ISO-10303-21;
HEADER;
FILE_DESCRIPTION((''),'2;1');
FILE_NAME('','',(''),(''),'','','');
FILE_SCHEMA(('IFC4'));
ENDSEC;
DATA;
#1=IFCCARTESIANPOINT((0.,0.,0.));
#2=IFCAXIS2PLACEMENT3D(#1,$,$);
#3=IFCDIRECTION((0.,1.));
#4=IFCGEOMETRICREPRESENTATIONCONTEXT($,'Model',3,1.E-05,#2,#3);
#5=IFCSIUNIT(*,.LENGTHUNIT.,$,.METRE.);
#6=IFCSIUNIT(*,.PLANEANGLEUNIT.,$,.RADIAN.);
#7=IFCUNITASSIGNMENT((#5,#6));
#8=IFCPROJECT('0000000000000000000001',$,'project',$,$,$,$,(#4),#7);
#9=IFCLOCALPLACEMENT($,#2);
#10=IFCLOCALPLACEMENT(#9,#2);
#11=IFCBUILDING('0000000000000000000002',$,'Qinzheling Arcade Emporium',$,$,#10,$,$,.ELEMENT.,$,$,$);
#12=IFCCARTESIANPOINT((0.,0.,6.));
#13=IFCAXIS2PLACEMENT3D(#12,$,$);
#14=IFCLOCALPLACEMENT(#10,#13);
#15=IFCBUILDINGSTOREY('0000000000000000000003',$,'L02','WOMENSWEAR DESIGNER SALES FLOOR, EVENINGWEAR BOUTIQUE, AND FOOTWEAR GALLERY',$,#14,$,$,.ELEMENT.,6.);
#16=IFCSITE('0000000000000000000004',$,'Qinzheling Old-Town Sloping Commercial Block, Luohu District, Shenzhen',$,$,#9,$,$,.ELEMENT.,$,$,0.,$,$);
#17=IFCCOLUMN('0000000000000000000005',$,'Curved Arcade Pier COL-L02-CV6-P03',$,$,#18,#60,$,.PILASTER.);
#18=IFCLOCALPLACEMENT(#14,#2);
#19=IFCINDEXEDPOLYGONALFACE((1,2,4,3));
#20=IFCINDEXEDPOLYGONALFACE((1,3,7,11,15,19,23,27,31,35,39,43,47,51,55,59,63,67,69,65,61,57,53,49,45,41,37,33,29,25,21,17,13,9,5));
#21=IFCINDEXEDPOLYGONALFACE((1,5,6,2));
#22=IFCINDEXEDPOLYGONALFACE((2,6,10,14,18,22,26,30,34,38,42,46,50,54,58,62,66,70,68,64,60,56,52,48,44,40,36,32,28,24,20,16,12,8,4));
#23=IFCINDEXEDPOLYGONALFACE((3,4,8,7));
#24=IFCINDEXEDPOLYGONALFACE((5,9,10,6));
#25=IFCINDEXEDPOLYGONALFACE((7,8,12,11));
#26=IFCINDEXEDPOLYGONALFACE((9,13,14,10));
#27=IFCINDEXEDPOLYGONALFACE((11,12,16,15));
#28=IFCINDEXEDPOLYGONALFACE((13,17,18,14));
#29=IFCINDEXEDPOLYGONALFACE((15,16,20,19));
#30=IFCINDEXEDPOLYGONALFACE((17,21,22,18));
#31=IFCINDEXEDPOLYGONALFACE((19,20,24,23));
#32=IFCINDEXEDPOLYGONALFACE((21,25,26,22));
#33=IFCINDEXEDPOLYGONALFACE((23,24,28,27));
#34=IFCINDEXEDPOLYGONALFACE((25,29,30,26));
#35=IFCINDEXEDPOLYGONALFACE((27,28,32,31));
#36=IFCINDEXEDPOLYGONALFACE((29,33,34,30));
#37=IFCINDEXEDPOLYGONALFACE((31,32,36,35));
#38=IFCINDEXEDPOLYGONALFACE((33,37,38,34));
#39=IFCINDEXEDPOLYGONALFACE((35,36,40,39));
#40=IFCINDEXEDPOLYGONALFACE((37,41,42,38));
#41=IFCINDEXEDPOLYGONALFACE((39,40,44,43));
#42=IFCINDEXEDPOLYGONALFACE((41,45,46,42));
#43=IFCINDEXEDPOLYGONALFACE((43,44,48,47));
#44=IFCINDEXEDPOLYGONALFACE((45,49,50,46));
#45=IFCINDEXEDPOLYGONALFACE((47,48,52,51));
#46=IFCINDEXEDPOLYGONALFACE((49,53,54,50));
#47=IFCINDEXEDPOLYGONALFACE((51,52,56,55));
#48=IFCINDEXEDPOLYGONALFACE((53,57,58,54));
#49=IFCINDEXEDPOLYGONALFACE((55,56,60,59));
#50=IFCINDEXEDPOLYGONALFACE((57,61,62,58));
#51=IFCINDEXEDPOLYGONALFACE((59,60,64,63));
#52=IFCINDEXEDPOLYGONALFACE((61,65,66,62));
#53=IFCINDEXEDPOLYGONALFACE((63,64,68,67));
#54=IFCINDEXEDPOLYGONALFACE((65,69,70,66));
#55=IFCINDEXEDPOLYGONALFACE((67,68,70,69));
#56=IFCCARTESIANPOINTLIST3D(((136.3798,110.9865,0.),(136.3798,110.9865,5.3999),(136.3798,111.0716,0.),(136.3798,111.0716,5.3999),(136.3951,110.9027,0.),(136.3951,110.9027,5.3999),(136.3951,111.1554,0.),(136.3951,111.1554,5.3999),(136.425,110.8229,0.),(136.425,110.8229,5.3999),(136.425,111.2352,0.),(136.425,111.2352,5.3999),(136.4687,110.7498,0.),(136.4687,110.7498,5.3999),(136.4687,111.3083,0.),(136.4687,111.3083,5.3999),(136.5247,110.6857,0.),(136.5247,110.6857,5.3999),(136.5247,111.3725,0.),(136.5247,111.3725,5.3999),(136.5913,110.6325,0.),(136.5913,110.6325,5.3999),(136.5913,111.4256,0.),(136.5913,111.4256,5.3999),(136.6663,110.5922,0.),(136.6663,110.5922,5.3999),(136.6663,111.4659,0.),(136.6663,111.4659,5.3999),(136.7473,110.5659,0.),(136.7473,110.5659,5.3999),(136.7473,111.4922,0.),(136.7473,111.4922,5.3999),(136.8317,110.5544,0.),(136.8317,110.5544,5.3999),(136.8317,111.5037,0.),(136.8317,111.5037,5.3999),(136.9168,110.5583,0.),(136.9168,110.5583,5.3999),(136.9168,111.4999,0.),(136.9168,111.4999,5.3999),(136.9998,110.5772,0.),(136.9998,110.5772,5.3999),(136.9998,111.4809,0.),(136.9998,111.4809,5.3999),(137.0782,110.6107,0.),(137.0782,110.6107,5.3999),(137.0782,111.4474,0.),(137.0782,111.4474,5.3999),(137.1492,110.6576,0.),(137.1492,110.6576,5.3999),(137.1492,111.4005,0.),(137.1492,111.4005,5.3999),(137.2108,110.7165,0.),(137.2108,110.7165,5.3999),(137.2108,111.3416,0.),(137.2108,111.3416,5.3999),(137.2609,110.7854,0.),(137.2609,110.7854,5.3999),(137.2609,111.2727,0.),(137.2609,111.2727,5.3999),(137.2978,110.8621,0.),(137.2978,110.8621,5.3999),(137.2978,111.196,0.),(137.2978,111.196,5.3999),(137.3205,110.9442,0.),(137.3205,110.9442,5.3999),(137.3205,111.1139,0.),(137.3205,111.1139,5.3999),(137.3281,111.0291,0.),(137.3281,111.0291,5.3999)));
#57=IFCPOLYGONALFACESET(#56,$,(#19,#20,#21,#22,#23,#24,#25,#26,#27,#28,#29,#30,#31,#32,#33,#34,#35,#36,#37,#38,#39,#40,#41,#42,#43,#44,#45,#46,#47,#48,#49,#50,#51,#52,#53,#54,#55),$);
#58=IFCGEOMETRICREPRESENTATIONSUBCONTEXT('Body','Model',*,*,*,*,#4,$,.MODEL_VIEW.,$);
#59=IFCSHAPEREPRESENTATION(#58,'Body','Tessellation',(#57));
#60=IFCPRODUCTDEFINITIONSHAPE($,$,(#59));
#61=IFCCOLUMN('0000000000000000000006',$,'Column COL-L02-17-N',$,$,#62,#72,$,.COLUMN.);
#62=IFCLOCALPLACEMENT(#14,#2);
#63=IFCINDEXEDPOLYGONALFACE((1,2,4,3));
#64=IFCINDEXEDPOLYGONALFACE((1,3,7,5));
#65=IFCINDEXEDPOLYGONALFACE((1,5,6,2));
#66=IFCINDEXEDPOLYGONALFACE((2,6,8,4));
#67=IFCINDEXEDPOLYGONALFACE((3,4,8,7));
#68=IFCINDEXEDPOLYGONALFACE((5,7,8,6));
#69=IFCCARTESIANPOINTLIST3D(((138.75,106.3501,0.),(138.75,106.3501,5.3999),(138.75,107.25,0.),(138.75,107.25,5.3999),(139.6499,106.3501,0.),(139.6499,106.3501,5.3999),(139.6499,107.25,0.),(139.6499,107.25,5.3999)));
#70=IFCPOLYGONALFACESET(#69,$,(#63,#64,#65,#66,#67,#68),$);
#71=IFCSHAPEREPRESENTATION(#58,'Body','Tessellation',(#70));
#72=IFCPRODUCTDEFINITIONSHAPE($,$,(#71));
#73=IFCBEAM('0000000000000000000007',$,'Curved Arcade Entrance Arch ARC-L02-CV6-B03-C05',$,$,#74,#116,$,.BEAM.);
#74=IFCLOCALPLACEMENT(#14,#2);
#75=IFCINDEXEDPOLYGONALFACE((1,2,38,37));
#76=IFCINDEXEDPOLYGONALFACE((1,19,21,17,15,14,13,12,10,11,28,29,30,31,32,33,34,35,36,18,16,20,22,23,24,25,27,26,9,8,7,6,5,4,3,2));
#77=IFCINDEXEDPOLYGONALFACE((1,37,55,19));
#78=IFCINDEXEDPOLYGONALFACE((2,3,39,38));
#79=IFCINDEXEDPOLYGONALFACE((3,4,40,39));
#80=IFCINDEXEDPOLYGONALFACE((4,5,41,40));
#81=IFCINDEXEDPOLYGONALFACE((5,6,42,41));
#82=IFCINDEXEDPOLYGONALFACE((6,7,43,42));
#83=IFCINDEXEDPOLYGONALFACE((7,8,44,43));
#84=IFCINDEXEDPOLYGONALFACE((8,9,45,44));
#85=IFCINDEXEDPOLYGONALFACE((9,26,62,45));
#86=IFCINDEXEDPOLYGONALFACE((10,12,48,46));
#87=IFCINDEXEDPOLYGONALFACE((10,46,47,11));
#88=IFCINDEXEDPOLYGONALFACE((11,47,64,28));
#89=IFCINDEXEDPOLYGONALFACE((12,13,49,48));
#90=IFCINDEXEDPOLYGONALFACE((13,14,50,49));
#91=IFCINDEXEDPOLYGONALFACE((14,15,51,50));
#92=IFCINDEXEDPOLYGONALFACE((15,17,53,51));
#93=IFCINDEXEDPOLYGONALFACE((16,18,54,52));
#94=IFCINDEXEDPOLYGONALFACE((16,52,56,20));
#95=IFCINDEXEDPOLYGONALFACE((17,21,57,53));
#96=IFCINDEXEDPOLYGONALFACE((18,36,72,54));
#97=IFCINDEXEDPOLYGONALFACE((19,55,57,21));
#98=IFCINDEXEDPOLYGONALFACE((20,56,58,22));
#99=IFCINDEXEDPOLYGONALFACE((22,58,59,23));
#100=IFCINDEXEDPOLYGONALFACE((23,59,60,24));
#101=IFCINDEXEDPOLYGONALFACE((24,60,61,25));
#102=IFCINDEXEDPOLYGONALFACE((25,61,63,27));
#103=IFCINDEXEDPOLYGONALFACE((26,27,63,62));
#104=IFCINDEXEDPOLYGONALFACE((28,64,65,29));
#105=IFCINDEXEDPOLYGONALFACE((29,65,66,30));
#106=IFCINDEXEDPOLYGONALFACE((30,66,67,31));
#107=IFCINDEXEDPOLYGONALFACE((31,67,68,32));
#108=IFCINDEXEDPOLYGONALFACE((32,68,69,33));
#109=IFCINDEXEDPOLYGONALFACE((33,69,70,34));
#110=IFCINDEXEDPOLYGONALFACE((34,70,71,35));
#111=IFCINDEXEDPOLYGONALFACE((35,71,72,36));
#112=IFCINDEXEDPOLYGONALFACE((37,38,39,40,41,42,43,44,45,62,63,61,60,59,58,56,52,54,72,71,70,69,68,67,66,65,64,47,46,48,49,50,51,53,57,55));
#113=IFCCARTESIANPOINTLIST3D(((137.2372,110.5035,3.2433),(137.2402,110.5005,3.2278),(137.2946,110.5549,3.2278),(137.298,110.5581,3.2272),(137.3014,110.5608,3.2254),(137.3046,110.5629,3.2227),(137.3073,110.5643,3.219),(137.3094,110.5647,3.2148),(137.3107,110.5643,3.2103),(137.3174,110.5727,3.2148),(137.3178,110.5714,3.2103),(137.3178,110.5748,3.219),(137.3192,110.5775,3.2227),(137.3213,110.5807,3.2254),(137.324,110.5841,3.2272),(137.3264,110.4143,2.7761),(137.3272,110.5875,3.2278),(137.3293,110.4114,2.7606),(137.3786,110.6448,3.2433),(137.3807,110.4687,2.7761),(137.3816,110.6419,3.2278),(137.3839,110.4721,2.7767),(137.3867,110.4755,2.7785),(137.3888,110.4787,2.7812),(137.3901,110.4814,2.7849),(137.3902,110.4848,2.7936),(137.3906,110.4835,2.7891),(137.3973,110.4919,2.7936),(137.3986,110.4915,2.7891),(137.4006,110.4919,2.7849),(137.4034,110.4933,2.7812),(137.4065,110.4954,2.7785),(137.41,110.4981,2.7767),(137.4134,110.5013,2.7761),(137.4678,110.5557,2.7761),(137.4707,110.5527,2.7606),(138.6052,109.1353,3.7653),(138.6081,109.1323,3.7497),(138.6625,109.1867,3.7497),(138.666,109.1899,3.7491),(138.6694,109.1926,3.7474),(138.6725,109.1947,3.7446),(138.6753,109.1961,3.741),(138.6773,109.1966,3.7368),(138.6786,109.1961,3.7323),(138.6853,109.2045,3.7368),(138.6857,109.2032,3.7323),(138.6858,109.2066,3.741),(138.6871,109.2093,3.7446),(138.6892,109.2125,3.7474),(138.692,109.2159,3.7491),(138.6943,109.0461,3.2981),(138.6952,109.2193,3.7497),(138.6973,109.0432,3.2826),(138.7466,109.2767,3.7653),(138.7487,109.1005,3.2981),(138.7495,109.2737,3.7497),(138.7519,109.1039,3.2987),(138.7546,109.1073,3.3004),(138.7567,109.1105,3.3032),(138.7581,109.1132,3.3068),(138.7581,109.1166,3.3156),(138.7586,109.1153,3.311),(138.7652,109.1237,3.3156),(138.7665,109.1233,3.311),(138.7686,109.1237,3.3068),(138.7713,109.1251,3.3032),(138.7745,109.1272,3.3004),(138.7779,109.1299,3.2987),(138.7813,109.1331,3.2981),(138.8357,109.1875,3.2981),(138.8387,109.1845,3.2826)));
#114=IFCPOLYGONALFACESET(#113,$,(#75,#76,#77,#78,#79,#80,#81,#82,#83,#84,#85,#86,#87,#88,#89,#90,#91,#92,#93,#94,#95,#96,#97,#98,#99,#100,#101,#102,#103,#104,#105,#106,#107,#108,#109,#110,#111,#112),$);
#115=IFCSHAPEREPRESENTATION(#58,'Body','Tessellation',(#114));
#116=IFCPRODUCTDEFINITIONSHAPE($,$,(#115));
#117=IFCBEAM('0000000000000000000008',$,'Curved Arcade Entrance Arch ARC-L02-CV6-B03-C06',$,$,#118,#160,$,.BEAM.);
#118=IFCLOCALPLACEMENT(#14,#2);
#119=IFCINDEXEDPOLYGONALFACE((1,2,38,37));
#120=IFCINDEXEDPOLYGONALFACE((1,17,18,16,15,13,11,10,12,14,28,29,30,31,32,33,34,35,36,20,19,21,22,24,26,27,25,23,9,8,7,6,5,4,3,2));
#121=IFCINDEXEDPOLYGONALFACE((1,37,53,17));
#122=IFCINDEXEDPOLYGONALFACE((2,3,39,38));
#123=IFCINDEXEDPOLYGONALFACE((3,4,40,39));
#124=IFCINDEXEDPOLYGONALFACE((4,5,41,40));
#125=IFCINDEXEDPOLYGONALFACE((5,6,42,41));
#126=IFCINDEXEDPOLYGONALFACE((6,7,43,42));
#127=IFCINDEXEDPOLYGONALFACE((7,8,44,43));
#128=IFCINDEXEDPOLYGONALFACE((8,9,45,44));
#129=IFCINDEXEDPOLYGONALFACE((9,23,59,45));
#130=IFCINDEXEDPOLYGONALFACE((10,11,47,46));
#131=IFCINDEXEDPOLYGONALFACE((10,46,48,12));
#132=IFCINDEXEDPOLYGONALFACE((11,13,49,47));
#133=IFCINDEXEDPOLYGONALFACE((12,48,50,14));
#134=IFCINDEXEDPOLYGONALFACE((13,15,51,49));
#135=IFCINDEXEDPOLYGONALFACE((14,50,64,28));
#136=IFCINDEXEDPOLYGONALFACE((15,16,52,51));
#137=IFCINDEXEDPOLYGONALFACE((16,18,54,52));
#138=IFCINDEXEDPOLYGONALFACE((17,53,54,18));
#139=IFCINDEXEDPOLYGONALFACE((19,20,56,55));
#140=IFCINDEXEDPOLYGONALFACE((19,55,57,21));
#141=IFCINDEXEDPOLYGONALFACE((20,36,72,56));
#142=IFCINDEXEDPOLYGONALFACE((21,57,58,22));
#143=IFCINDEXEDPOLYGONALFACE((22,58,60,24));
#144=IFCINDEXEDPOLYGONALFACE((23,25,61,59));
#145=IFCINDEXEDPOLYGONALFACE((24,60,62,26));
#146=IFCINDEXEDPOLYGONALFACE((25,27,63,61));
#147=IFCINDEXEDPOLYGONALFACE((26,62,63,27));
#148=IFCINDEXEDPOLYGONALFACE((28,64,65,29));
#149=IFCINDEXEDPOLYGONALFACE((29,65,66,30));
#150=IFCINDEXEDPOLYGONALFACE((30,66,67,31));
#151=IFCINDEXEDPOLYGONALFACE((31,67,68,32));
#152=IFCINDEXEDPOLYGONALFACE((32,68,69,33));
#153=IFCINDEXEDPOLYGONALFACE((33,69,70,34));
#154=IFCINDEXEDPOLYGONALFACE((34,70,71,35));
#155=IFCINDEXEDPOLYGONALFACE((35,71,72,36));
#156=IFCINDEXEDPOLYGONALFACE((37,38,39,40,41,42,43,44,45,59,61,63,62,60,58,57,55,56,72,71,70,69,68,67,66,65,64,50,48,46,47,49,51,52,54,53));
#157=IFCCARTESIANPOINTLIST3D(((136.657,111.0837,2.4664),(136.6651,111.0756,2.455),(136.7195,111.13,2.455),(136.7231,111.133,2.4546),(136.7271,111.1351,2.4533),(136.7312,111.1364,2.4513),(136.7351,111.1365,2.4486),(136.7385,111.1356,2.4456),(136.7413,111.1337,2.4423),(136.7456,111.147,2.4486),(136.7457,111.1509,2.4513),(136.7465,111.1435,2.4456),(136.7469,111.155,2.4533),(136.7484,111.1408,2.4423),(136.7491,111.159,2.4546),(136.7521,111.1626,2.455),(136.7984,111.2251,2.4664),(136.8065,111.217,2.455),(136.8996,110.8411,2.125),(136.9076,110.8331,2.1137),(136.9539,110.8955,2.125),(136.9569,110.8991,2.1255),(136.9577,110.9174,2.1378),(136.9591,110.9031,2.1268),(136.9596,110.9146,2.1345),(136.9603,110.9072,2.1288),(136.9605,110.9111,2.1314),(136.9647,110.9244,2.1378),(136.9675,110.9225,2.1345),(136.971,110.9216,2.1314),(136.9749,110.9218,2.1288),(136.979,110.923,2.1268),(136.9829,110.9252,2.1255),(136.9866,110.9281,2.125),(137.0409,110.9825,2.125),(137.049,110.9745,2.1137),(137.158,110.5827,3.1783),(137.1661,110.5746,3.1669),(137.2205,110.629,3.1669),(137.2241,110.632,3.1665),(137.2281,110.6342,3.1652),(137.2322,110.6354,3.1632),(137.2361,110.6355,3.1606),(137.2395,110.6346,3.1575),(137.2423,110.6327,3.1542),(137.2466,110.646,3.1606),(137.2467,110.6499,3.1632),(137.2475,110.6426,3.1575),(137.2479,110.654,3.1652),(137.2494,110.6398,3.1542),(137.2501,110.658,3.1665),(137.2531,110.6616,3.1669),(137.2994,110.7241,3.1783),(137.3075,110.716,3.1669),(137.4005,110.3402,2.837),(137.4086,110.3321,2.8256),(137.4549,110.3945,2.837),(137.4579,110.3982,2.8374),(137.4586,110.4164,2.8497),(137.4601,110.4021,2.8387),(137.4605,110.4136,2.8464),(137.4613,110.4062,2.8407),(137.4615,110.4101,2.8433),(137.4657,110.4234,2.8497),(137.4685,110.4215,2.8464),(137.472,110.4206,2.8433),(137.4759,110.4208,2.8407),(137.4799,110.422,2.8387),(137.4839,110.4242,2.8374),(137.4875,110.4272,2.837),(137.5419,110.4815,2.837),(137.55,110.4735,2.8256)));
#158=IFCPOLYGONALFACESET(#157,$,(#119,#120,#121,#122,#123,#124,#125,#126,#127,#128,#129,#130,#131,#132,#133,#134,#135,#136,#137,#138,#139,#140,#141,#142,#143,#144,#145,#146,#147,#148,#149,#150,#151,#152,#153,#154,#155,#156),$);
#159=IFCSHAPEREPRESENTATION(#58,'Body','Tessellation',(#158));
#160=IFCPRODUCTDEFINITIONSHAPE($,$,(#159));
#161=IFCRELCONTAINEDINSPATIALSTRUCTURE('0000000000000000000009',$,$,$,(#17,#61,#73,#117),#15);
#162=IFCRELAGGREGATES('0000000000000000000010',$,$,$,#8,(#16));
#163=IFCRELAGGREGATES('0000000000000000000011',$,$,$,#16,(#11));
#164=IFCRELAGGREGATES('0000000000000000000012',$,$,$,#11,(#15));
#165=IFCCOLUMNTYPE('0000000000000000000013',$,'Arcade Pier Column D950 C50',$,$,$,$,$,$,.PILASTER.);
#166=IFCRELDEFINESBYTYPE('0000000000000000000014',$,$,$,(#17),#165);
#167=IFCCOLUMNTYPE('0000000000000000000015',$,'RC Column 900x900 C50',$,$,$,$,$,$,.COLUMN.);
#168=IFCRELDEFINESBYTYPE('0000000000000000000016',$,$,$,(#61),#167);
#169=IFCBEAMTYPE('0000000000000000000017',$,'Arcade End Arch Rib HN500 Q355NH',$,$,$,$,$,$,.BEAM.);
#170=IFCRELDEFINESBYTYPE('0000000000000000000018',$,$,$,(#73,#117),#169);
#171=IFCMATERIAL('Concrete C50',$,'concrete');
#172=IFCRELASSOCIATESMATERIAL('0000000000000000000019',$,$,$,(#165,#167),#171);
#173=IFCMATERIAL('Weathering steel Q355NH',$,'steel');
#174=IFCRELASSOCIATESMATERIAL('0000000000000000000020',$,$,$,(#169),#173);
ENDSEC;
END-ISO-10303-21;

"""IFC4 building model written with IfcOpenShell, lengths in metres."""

from ifc_helpers import new_model, si_unit, direction, frame, origin, origin_2d, place, context, subcontext, project, spatial, rectangle, circle, i_section, extrude, material, material_profile, profile_set, type_object, element, save


model = new_model("IFC4")

# Units and contexts
model_context = context("Model", 3, precision=1e-05, world=origin(), true_north=direction((0.0, 1.0)))
body_context = subcontext(model_context, "Body", "Model", "MODEL_VIEW")
ifc_project = project(units=[si_unit("LENGTHUNIT", "METRE"), si_unit("PLANEANGLEUNIT", "RADIAN")], contexts=[model_context])

# Site, building, storey
site_placement = place(None, origin())
site = spatial("IfcSite", under=ifc_project, at=site_placement, Name="Qinzheling Old-Town Sloping Commercial Block, Luohu District, Shenzhen", CompositionType="ELEMENT", RefElevation=0.0)
building_placement = place(site_placement, origin())
building = spatial("IfcBuilding", under=site, at=building_placement, Name="Qinzheling Arcade Emporium", CompositionType="ELEMENT")
storey_placement = place(building_placement, frame((0.0, 0.0, 6.0)))
storey = spatial("IfcBuildingStorey", under=building, at=storey_placement, Name="L02", Description="WOMENSWEAR DESIGNER SALES FLOOR, EVENINGWEAR BOUTIQUE, AND FOOTWEAR GALLERY", CompositionType="ELEMENT", Elevation=6.0)

# Columns
ifc_material_1 = material(Name="Concrete C50", Category="concrete")
ifc_material_profile_1 = material_profile(ifc_material_1, circle(Radius=0.4751, at=origin_2d()), Name="RC D950", Category="concrete")
ifc_profile_set_1 = profile_set([ifc_material_profile_1], Name="Concrete C50")
column_type_1 = type_object("IfcColumnType", Name="Arcade Pier Column D950 C50", PredefinedType="PILASTER", material=ifc_profile_set_1)
column_1_placement = place(storey_placement, frame((136.853, 111.0291, 0.0), z_axis=(0.0, 0.0, 1.0), x_axis=(1.0, 0.0, 0.0)))
element("IfcColumn", 1, at=column_1_placement, inside=storey, type_object=column_type_1, Name="Curved Arcade Pier COL-L02-CV6-P03", PredefinedType="PILASTER", context=body_context, shape_type="SweptSolid", body=[
    extrude(circle(Radius=0.4751, at=origin_2d()), origin(), (0.0, 0.0, 1.0), 5.3999),
])
ifc_material_profile_2 = material_profile(ifc_material_1, rectangle(XDim=0.8999, YDim=0.8999, at=origin_2d()), Name="RC 900x900", Category="concrete")
ifc_profile_set_2 = profile_set([ifc_material_profile_2], Name="Concrete C50")
column_type_2 = type_object("IfcColumnType", Name="RC Column 900x900 C50", PredefinedType="COLUMN", material=ifc_profile_set_2)
column_2_placement = place(storey_placement, frame((139.2, 106.8, 0.0), z_axis=(0.0, 0.0, 1.0), x_axis=(1.0, 0.0, 0.0)))
element("IfcColumn", 2, at=column_2_placement, inside=storey, type_object=column_type_2, Name="Column COL-L02-17-N", PredefinedType="COLUMN", context=body_context, shape_type="SweptSolid", body=[
    extrude(rectangle(XDim=0.8999, YDim=0.8999, at=origin_2d()), origin(), (0.0, 0.0, 1.0), 5.3999),
])

# Beams
ifc_material_2 = material(Name="Weathering steel Q355NH", Category="steel")
ifc_material_profile_3 = material_profile(ifc_material_2, i_section(OverallWidth=0.2, OverallDepth=0.5, WebThickness=0.01, FlangeThickness=0.0161, FilletRadius=0.0181, at=origin_2d()), Name="HN 500x200x10x16", Category="steel")
ifc_profile_set_3 = profile_set([ifc_material_profile_3], Name="Weathering steel Q355NH")
beam_type_1 = type_object("IfcBeamType", Name="Arcade End Arch Rib HN500 Q355NH", PredefinedType="BEAM", material=ifc_profile_set_3)
beam_1_placement = place(storey_placement, frame((138.7219, 109.1599, 3.5239), z_axis=(-0.682636, 0.682758, -0.260481), x_axis=(-0.70717, -0.707044, 0.0)))
element("IfcBeam", 3, at=beam_1_placement, inside=storey, type_object=beam_type_1, Name="Curved Arcade Entrance Arch ARC-L02-CV6-B03-C05", PredefinedType="BEAM", context=body_context, shape_type="SweptSolid", body=[
    extrude(i_section(OverallWidth=0.2, OverallDepth=0.5, WebThickness=0.01, FlangeThickness=0.0161, FilletRadius=0.0181, at=origin_2d()), origin(), (0.0, 0.0, 1.0), 2.0039),
])
beam_2_placement = place(storey_placement, frame((137.354, 110.5281, 3.002), z_axis=(-0.498792, 0.498792, -0.70881), x_axis=(-0.707107, -0.707107, 0.0)))
element("IfcBeam", 4, at=beam_2_placement, inside=storey, type_object=beam_type_1, Name="Curved Arcade Entrance Arch ARC-L02-CV6-B03-C06", PredefinedType="BEAM", context=body_context, shape_type="SweptSolid", body=[
    extrude(i_section(OverallWidth=0.2, OverallDepth=0.5, WebThickness=0.01, FlangeThickness=0.0161, FilletRadius=0.0181, at=origin_2d()), origin(), (0.0, 0.0, 1.0), 1.0044),
])

save(model, "model.ifc")
